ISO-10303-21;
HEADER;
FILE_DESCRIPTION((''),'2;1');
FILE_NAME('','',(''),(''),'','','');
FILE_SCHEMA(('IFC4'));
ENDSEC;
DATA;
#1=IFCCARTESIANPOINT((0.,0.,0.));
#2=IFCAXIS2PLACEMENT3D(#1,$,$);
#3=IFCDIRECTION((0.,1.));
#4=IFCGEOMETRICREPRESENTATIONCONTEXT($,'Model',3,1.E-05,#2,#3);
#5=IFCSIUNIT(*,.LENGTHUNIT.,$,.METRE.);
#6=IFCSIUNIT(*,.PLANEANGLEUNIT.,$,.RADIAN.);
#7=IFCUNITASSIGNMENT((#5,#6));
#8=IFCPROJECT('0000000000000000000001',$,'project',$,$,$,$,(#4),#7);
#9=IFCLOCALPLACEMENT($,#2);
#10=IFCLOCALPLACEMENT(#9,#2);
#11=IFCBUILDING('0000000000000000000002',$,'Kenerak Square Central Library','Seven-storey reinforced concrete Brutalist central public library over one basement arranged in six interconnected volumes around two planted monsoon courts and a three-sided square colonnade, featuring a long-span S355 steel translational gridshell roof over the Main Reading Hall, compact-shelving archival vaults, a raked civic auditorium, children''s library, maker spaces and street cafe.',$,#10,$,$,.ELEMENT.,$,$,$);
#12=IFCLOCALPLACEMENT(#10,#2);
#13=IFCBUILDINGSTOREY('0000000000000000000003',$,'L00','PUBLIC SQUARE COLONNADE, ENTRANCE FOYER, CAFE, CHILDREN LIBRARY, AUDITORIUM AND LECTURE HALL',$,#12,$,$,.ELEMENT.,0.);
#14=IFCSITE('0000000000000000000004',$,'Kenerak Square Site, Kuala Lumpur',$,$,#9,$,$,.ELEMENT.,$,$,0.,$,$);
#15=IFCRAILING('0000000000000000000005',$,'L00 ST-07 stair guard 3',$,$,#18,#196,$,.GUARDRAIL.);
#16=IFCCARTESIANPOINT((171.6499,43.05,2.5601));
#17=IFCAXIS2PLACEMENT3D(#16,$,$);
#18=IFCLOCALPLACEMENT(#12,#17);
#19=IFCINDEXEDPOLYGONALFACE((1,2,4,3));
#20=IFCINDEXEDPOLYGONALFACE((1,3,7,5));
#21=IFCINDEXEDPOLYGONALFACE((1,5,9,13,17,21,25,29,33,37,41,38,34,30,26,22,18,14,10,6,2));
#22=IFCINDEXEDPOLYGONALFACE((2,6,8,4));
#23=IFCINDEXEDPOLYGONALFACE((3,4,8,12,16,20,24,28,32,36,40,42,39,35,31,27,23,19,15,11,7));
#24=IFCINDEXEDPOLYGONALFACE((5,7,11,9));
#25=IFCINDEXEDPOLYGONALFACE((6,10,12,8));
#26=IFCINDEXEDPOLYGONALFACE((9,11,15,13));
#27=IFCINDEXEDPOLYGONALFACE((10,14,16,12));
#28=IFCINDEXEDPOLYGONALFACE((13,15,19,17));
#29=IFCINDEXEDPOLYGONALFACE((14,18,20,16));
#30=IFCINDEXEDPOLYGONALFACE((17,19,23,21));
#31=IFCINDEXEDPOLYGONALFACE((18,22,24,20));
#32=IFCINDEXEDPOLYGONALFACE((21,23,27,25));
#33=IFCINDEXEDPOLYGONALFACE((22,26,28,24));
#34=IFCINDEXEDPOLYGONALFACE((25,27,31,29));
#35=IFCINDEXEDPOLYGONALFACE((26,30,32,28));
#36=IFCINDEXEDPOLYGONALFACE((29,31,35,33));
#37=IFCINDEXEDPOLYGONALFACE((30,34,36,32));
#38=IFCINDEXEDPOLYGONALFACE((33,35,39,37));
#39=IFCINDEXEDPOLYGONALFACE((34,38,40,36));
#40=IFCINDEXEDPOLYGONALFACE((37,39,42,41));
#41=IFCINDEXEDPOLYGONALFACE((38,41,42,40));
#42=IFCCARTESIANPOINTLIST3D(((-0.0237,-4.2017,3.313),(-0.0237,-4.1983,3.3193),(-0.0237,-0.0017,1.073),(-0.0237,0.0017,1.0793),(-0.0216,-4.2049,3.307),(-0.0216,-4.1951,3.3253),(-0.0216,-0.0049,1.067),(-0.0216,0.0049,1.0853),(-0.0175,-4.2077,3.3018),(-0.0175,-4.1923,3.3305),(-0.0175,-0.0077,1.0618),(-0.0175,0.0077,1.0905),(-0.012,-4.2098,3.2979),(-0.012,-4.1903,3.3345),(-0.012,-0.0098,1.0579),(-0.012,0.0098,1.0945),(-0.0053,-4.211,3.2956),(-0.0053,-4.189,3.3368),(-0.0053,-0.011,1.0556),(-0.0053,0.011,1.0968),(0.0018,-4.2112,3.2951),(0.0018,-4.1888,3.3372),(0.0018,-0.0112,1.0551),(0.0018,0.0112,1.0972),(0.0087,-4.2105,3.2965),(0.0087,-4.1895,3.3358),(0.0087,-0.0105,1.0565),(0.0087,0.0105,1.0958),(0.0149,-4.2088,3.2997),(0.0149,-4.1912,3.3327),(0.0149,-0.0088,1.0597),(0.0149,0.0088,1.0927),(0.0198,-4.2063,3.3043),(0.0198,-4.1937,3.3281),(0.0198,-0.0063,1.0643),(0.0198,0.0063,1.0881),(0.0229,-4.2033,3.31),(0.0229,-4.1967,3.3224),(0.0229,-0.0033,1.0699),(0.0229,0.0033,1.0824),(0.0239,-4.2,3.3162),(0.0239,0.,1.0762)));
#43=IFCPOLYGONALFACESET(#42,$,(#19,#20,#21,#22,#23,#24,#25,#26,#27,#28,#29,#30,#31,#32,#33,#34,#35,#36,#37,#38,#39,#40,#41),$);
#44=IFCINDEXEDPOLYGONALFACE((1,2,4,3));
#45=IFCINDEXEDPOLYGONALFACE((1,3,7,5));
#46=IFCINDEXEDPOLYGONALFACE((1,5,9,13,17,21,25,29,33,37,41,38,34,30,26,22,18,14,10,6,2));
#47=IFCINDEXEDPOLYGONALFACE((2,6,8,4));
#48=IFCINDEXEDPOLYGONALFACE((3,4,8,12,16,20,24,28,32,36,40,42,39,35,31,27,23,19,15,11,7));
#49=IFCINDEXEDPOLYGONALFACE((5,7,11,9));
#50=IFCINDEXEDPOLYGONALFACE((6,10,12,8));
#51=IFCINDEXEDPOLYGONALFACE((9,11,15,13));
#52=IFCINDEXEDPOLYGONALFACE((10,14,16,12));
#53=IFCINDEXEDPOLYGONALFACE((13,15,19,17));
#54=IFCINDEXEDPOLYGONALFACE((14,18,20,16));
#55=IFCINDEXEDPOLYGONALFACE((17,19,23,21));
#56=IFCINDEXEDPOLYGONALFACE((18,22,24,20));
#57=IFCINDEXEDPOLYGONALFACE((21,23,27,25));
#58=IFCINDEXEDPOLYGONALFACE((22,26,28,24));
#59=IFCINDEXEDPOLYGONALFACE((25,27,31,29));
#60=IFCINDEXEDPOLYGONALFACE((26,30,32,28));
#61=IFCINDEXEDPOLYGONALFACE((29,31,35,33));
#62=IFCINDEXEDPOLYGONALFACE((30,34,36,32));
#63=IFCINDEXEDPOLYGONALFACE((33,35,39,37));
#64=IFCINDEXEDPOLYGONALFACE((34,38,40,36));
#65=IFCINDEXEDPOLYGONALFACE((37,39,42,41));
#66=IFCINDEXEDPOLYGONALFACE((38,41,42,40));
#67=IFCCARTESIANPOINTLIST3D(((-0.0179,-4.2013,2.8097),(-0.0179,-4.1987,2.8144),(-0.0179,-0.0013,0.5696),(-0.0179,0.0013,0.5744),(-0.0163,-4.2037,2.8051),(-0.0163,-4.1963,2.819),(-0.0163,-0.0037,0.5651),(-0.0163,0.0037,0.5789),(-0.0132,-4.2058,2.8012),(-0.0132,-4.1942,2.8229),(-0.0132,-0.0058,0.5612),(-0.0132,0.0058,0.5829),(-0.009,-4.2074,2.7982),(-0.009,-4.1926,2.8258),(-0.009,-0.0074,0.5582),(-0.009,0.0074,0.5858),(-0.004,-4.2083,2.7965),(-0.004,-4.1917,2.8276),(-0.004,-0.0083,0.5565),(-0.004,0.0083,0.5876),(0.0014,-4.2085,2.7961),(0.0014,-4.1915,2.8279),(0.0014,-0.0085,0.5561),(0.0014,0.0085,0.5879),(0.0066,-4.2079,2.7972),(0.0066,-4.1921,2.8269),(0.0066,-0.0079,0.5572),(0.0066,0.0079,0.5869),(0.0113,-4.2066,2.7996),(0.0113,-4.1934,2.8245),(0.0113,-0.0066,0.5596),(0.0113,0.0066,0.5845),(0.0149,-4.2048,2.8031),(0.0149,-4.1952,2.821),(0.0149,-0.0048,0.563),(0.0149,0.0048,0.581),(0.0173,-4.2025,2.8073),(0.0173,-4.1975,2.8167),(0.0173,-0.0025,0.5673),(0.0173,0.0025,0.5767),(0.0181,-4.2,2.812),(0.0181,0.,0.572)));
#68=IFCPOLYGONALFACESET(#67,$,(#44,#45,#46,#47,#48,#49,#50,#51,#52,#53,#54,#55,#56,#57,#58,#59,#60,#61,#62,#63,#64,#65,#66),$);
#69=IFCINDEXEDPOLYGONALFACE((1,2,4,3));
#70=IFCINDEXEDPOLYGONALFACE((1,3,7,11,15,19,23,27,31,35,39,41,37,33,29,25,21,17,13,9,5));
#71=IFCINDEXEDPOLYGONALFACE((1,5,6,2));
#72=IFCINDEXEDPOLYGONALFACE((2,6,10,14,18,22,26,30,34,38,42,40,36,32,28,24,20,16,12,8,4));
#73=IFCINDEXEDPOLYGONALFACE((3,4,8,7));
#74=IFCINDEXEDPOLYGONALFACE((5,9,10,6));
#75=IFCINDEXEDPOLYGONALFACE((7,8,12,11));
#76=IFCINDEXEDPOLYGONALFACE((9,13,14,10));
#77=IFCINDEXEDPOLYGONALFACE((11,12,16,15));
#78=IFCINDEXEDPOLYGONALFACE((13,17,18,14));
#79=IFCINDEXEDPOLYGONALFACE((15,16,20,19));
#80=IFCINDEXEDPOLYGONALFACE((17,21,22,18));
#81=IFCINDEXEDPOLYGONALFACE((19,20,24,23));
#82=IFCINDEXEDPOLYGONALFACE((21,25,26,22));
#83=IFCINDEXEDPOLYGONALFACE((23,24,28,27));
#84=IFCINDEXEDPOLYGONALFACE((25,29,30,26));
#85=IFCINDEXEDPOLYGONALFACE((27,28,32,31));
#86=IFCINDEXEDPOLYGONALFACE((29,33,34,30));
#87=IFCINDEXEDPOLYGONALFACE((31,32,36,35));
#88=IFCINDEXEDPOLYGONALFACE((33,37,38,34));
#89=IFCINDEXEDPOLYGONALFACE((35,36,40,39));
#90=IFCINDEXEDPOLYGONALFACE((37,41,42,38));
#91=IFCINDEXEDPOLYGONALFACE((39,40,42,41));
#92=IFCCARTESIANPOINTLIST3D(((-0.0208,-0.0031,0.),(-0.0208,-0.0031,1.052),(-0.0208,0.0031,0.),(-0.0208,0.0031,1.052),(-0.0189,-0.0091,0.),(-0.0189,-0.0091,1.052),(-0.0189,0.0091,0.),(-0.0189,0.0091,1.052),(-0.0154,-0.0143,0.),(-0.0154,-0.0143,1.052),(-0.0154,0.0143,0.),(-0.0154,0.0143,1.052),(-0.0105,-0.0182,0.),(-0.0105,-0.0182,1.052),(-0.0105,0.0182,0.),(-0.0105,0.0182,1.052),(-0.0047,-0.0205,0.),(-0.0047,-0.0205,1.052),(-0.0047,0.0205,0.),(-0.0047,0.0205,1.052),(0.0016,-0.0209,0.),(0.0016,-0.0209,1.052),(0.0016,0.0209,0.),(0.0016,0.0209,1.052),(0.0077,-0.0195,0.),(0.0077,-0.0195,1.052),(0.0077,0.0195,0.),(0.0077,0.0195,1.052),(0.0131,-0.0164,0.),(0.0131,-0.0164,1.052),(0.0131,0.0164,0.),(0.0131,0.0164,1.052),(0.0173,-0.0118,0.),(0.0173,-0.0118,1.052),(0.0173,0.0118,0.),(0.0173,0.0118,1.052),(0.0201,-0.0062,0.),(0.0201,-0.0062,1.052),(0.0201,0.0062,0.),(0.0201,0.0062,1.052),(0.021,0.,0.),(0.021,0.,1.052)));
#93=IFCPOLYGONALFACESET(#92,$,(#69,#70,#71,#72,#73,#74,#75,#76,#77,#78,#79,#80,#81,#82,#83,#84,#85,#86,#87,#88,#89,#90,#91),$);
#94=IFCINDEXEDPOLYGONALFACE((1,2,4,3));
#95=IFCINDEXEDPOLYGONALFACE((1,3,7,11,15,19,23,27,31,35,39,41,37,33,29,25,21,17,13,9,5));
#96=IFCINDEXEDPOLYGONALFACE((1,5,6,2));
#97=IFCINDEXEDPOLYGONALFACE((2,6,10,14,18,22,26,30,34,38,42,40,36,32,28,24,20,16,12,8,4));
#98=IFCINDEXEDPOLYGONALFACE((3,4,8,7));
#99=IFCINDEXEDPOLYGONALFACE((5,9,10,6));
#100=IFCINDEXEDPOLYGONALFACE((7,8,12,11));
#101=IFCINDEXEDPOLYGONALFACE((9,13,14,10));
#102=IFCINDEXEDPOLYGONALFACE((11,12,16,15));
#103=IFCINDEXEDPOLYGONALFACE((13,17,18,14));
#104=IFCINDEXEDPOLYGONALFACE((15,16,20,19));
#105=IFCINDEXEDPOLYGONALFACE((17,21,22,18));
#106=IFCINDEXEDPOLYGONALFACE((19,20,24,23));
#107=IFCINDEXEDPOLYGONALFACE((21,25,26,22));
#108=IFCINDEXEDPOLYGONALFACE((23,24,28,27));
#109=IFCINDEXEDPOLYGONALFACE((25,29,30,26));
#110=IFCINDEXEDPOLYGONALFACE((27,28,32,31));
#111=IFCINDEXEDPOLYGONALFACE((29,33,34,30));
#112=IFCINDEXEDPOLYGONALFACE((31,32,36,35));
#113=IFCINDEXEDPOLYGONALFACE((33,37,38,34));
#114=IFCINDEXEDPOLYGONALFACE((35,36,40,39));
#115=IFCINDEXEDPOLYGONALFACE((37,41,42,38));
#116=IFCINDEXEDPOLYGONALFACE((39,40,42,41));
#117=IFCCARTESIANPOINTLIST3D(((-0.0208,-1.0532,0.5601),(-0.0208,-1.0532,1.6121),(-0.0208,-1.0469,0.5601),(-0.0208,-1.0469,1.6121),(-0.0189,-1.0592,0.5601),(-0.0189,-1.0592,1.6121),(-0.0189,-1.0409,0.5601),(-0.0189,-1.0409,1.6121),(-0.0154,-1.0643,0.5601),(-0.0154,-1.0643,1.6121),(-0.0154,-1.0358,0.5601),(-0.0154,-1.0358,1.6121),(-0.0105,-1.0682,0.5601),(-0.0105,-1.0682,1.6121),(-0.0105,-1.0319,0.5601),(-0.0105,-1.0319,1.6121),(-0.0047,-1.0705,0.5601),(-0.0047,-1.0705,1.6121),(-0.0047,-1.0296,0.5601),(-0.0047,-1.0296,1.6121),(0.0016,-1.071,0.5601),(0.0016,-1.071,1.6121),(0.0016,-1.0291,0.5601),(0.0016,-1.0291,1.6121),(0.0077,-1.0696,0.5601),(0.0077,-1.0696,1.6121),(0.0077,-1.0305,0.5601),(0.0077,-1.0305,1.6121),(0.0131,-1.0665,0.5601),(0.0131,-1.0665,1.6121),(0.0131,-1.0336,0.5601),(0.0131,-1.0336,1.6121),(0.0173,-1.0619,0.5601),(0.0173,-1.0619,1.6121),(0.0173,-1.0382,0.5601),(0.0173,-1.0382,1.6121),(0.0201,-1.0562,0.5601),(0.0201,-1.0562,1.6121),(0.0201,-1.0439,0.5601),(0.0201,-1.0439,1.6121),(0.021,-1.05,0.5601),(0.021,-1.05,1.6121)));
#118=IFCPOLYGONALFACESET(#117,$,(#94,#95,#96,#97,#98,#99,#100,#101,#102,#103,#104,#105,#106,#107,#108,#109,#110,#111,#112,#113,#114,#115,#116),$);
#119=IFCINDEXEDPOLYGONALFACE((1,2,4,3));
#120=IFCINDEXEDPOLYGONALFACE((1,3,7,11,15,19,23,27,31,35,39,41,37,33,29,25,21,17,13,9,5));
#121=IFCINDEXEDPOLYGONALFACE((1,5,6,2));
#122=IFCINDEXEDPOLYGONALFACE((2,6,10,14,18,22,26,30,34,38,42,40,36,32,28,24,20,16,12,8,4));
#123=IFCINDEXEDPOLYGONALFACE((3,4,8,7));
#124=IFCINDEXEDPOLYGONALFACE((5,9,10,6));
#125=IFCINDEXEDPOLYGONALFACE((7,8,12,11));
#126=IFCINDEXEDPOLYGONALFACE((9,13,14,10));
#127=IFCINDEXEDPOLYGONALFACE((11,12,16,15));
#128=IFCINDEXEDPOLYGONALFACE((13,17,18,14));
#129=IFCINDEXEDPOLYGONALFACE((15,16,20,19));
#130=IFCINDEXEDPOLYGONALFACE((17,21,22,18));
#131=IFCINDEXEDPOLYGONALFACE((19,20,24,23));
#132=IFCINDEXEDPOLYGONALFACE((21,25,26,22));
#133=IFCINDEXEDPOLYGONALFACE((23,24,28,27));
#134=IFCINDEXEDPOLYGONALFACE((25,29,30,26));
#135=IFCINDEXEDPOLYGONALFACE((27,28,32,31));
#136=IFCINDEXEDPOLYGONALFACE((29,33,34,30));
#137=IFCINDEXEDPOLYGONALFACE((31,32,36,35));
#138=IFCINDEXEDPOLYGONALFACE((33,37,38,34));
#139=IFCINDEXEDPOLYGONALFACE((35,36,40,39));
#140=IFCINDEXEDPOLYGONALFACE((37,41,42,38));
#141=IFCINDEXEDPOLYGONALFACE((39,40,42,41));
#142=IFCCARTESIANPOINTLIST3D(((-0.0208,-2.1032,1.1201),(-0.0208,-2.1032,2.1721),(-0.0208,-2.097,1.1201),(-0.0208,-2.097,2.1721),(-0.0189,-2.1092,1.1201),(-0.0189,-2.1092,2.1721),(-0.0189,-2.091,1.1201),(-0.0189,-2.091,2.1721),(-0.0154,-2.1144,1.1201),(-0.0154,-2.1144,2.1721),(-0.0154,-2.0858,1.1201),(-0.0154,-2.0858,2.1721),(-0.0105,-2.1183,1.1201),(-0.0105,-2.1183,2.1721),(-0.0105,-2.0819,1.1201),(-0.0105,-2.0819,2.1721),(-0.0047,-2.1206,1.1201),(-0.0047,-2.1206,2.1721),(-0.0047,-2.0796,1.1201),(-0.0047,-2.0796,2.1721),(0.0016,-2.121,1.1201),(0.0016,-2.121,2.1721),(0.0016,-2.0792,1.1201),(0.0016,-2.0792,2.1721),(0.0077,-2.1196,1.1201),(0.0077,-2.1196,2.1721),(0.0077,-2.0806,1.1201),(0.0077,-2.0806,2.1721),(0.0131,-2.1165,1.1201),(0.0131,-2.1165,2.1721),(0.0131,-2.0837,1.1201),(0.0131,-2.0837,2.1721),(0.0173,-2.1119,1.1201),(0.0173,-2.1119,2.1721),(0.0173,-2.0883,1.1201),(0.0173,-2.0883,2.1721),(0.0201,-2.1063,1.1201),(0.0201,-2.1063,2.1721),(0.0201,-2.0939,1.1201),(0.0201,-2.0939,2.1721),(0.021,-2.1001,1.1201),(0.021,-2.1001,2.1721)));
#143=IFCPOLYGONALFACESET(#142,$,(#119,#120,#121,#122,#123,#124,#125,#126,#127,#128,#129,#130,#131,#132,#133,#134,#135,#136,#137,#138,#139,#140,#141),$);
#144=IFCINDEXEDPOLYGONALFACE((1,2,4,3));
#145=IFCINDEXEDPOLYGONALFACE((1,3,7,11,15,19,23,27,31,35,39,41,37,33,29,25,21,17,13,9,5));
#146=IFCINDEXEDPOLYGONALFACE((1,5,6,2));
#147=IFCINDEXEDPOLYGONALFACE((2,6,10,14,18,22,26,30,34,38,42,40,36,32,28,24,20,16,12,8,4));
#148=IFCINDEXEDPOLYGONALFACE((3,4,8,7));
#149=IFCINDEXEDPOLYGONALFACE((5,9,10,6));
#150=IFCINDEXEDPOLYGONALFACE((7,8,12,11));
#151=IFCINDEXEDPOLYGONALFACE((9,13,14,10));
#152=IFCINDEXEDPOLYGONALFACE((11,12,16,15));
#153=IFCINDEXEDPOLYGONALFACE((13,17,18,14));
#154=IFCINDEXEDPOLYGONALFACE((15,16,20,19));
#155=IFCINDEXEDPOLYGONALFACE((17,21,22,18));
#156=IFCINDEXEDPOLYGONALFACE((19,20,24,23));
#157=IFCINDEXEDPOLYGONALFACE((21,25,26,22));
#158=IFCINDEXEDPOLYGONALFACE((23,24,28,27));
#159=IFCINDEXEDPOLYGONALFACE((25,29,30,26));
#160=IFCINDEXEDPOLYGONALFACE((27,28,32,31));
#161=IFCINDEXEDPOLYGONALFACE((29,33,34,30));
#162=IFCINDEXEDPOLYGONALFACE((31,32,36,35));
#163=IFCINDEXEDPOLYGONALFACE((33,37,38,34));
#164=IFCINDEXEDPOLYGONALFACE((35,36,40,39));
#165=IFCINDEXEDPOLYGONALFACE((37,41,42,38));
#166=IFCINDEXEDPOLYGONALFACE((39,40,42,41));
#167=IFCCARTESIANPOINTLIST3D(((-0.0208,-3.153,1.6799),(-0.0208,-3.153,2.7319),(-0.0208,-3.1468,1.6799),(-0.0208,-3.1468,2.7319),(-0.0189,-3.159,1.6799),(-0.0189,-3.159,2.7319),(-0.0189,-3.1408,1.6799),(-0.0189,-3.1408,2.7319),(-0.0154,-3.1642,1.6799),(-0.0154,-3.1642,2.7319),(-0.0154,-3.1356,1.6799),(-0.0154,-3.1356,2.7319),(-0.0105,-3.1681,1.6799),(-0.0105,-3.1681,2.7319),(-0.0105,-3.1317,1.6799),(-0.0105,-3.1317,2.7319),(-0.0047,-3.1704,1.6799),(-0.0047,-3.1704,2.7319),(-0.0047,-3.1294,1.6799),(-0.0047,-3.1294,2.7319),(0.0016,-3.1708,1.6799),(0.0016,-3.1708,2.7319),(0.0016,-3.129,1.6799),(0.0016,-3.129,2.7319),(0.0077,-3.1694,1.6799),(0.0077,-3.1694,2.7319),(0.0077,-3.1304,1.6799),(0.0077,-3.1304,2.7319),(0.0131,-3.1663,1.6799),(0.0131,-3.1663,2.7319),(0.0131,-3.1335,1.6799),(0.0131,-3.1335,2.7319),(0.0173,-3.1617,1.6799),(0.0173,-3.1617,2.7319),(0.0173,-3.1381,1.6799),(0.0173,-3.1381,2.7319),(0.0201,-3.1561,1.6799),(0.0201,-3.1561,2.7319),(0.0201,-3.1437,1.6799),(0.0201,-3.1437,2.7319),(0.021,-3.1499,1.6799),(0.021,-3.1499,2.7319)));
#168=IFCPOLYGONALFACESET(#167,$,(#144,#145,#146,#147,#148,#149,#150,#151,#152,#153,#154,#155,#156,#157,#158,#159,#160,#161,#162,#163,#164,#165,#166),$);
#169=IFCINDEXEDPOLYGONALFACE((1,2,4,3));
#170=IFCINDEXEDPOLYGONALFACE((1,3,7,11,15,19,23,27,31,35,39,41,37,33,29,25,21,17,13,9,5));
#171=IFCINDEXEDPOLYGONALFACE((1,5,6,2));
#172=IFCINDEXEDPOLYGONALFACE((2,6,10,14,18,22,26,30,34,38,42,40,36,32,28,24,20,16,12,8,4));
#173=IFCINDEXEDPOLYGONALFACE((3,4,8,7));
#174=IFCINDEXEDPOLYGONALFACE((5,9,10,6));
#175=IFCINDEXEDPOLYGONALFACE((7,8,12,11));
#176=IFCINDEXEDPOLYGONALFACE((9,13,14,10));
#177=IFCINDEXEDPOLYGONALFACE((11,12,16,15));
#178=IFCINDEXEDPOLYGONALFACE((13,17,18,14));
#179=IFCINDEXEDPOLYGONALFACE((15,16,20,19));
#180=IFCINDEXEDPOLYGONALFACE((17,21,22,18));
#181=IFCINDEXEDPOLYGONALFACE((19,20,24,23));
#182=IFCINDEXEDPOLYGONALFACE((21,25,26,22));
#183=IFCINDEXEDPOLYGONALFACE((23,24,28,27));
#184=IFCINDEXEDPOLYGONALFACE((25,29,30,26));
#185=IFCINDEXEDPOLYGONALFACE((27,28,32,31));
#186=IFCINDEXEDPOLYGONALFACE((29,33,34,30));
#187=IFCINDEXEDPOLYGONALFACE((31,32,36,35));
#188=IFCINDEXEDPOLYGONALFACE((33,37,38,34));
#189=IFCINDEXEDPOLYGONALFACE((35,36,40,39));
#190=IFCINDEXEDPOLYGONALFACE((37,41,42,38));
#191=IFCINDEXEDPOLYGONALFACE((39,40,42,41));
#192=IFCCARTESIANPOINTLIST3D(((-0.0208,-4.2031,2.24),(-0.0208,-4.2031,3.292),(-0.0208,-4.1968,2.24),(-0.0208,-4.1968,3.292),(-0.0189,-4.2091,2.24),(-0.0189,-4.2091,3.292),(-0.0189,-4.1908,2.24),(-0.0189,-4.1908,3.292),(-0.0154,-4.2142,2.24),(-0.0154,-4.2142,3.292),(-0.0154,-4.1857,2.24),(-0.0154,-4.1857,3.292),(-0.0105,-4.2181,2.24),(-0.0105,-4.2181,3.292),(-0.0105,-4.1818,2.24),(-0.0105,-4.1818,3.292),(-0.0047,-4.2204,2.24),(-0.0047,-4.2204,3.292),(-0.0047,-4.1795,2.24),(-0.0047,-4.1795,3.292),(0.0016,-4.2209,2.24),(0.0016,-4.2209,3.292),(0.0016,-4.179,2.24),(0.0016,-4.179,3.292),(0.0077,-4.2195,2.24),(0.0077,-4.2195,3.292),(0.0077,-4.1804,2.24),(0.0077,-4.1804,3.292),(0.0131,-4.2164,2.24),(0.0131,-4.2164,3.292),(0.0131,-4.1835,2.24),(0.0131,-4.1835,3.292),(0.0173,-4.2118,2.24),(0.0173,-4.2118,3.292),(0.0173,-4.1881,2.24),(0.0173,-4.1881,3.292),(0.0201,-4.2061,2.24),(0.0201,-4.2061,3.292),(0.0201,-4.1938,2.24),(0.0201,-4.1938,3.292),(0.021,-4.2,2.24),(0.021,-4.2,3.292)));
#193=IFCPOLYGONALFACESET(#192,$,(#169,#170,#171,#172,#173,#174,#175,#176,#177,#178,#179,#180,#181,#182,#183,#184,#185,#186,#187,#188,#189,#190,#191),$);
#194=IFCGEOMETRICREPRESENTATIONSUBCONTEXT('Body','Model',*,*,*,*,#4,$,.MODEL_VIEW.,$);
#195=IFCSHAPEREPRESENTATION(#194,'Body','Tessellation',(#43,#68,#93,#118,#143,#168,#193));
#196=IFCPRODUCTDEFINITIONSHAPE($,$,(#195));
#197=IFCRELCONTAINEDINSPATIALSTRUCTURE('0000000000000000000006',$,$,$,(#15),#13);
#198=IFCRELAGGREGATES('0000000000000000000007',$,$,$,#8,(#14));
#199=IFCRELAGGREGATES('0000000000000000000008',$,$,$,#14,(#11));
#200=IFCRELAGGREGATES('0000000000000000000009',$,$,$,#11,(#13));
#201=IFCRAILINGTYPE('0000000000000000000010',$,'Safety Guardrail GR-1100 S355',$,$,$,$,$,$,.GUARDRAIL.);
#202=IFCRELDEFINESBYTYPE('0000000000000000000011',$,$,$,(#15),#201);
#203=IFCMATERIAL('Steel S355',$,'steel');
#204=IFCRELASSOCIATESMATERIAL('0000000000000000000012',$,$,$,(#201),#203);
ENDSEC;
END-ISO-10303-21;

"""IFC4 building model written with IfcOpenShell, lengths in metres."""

from ifc_helpers import new_model, si_unit, direction, frame, origin, origin_2d, place, context, subcontext, project, spatial, circle, extrude, material, type_object, element, save


model = new_model("IFC4")

# Units and contexts
model_context = context("Model", 3, precision=1e-05, world=origin(), true_north=direction((0.0, 1.0)))
body_context = subcontext(model_context, "Body", "Model", "MODEL_VIEW")
ifc_project = project(units=[si_unit("LENGTHUNIT", "METRE"), si_unit("PLANEANGLEUNIT", "RADIAN")], contexts=[model_context])

# Site, building, storey
site_placement = place(None, origin())
site = spatial("IfcSite", under=ifc_project, at=site_placement, Name="Kenerak Square Site, Kuala Lumpur", CompositionType="ELEMENT", RefElevation=0.0)
building_placement = place(site_placement, origin())
building = spatial("IfcBuilding", under=site, at=building_placement, Name="Kenerak Square Central Library", Description="Seven-storey reinforced concrete Brutalist central public library over one basement arranged in six interconnected volumes around two planted monsoon courts and a three-sided square colonnade, featuring a long-span S355 steel translational gridshell roof over the Main Reading Hall, compact-shelving archival vaults, a raked civic auditorium, children's library, maker spaces and street cafe.", CompositionType="ELEMENT")
storey_placement = place(building_placement, origin())
storey = spatial("IfcBuildingStorey", under=building, at=storey_placement, Name="L00", Description="PUBLIC SQUARE COLONNADE, ENTRANCE FOYER, CAFE, CHILDREN LIBRARY, AUDITORIUM AND LECTURE HALL", CompositionType="ELEMENT", Elevation=0.0)

# Railing
ifc_material_1 = material(Name="Steel S355", Category="steel")
railing_type_1 = type_object("IfcRailingType", Name="Safety Guardrail GR-1100 S355", PredefinedType="GUARDRAIL", material=ifc_material_1)
railing_1_placement = place(storey_placement, frame((171.6499, 43.05, 2.5601)))
element("IfcRailing", 1, at=railing_1_placement, inside=storey, type_object=railing_type_1, Name="L00 ST-07 stair guard 3", PredefinedType="GUARDRAIL", context=body_context, shape_type="SweptSolid", body=[
    extrude(circle(Radius=0.0239, at=origin_2d()), frame((0.0, 0.0, 1.0762), z_axis=(0.0, -0.882352, 0.470591), x_axis=(1.0, 0.0, 0.0)), (0.0, 0.0, 1.0), 4.76),
    extrude(circle(Radius=0.0181, at=origin_2d()), frame((0.0, 0.0, 0.572), z_axis=(0.0, -0.882352, 0.470591), x_axis=(1.0, 0.0, 0.0)), (0.0, 0.0, 1.0), 4.76),
    extrude(circle(Radius=0.021, at=origin_2d()), origin(), (0.0, 0.0, 1.0), 1.052),
    extrude(circle(Radius=0.021, at=origin_2d()), frame((0.0, -1.05, 0.5601)), (0.0, 0.0, 1.0), 1.052),
    extrude(circle(Radius=0.021, at=origin_2d()), frame((0.0, -2.1001, 1.1201)), (0.0, 0.0, 1.0), 1.052),
    extrude(circle(Radius=0.021, at=origin_2d()), frame((0.0, -3.1499, 1.6799)), (0.0, 0.0, 1.0), 1.052),
    extrude(circle(Radius=0.021, at=origin_2d()), frame((0.0, -4.2, 2.24)), (0.0, 0.0, 1.0), 1.052),
])

save(model, "model.ifc")
